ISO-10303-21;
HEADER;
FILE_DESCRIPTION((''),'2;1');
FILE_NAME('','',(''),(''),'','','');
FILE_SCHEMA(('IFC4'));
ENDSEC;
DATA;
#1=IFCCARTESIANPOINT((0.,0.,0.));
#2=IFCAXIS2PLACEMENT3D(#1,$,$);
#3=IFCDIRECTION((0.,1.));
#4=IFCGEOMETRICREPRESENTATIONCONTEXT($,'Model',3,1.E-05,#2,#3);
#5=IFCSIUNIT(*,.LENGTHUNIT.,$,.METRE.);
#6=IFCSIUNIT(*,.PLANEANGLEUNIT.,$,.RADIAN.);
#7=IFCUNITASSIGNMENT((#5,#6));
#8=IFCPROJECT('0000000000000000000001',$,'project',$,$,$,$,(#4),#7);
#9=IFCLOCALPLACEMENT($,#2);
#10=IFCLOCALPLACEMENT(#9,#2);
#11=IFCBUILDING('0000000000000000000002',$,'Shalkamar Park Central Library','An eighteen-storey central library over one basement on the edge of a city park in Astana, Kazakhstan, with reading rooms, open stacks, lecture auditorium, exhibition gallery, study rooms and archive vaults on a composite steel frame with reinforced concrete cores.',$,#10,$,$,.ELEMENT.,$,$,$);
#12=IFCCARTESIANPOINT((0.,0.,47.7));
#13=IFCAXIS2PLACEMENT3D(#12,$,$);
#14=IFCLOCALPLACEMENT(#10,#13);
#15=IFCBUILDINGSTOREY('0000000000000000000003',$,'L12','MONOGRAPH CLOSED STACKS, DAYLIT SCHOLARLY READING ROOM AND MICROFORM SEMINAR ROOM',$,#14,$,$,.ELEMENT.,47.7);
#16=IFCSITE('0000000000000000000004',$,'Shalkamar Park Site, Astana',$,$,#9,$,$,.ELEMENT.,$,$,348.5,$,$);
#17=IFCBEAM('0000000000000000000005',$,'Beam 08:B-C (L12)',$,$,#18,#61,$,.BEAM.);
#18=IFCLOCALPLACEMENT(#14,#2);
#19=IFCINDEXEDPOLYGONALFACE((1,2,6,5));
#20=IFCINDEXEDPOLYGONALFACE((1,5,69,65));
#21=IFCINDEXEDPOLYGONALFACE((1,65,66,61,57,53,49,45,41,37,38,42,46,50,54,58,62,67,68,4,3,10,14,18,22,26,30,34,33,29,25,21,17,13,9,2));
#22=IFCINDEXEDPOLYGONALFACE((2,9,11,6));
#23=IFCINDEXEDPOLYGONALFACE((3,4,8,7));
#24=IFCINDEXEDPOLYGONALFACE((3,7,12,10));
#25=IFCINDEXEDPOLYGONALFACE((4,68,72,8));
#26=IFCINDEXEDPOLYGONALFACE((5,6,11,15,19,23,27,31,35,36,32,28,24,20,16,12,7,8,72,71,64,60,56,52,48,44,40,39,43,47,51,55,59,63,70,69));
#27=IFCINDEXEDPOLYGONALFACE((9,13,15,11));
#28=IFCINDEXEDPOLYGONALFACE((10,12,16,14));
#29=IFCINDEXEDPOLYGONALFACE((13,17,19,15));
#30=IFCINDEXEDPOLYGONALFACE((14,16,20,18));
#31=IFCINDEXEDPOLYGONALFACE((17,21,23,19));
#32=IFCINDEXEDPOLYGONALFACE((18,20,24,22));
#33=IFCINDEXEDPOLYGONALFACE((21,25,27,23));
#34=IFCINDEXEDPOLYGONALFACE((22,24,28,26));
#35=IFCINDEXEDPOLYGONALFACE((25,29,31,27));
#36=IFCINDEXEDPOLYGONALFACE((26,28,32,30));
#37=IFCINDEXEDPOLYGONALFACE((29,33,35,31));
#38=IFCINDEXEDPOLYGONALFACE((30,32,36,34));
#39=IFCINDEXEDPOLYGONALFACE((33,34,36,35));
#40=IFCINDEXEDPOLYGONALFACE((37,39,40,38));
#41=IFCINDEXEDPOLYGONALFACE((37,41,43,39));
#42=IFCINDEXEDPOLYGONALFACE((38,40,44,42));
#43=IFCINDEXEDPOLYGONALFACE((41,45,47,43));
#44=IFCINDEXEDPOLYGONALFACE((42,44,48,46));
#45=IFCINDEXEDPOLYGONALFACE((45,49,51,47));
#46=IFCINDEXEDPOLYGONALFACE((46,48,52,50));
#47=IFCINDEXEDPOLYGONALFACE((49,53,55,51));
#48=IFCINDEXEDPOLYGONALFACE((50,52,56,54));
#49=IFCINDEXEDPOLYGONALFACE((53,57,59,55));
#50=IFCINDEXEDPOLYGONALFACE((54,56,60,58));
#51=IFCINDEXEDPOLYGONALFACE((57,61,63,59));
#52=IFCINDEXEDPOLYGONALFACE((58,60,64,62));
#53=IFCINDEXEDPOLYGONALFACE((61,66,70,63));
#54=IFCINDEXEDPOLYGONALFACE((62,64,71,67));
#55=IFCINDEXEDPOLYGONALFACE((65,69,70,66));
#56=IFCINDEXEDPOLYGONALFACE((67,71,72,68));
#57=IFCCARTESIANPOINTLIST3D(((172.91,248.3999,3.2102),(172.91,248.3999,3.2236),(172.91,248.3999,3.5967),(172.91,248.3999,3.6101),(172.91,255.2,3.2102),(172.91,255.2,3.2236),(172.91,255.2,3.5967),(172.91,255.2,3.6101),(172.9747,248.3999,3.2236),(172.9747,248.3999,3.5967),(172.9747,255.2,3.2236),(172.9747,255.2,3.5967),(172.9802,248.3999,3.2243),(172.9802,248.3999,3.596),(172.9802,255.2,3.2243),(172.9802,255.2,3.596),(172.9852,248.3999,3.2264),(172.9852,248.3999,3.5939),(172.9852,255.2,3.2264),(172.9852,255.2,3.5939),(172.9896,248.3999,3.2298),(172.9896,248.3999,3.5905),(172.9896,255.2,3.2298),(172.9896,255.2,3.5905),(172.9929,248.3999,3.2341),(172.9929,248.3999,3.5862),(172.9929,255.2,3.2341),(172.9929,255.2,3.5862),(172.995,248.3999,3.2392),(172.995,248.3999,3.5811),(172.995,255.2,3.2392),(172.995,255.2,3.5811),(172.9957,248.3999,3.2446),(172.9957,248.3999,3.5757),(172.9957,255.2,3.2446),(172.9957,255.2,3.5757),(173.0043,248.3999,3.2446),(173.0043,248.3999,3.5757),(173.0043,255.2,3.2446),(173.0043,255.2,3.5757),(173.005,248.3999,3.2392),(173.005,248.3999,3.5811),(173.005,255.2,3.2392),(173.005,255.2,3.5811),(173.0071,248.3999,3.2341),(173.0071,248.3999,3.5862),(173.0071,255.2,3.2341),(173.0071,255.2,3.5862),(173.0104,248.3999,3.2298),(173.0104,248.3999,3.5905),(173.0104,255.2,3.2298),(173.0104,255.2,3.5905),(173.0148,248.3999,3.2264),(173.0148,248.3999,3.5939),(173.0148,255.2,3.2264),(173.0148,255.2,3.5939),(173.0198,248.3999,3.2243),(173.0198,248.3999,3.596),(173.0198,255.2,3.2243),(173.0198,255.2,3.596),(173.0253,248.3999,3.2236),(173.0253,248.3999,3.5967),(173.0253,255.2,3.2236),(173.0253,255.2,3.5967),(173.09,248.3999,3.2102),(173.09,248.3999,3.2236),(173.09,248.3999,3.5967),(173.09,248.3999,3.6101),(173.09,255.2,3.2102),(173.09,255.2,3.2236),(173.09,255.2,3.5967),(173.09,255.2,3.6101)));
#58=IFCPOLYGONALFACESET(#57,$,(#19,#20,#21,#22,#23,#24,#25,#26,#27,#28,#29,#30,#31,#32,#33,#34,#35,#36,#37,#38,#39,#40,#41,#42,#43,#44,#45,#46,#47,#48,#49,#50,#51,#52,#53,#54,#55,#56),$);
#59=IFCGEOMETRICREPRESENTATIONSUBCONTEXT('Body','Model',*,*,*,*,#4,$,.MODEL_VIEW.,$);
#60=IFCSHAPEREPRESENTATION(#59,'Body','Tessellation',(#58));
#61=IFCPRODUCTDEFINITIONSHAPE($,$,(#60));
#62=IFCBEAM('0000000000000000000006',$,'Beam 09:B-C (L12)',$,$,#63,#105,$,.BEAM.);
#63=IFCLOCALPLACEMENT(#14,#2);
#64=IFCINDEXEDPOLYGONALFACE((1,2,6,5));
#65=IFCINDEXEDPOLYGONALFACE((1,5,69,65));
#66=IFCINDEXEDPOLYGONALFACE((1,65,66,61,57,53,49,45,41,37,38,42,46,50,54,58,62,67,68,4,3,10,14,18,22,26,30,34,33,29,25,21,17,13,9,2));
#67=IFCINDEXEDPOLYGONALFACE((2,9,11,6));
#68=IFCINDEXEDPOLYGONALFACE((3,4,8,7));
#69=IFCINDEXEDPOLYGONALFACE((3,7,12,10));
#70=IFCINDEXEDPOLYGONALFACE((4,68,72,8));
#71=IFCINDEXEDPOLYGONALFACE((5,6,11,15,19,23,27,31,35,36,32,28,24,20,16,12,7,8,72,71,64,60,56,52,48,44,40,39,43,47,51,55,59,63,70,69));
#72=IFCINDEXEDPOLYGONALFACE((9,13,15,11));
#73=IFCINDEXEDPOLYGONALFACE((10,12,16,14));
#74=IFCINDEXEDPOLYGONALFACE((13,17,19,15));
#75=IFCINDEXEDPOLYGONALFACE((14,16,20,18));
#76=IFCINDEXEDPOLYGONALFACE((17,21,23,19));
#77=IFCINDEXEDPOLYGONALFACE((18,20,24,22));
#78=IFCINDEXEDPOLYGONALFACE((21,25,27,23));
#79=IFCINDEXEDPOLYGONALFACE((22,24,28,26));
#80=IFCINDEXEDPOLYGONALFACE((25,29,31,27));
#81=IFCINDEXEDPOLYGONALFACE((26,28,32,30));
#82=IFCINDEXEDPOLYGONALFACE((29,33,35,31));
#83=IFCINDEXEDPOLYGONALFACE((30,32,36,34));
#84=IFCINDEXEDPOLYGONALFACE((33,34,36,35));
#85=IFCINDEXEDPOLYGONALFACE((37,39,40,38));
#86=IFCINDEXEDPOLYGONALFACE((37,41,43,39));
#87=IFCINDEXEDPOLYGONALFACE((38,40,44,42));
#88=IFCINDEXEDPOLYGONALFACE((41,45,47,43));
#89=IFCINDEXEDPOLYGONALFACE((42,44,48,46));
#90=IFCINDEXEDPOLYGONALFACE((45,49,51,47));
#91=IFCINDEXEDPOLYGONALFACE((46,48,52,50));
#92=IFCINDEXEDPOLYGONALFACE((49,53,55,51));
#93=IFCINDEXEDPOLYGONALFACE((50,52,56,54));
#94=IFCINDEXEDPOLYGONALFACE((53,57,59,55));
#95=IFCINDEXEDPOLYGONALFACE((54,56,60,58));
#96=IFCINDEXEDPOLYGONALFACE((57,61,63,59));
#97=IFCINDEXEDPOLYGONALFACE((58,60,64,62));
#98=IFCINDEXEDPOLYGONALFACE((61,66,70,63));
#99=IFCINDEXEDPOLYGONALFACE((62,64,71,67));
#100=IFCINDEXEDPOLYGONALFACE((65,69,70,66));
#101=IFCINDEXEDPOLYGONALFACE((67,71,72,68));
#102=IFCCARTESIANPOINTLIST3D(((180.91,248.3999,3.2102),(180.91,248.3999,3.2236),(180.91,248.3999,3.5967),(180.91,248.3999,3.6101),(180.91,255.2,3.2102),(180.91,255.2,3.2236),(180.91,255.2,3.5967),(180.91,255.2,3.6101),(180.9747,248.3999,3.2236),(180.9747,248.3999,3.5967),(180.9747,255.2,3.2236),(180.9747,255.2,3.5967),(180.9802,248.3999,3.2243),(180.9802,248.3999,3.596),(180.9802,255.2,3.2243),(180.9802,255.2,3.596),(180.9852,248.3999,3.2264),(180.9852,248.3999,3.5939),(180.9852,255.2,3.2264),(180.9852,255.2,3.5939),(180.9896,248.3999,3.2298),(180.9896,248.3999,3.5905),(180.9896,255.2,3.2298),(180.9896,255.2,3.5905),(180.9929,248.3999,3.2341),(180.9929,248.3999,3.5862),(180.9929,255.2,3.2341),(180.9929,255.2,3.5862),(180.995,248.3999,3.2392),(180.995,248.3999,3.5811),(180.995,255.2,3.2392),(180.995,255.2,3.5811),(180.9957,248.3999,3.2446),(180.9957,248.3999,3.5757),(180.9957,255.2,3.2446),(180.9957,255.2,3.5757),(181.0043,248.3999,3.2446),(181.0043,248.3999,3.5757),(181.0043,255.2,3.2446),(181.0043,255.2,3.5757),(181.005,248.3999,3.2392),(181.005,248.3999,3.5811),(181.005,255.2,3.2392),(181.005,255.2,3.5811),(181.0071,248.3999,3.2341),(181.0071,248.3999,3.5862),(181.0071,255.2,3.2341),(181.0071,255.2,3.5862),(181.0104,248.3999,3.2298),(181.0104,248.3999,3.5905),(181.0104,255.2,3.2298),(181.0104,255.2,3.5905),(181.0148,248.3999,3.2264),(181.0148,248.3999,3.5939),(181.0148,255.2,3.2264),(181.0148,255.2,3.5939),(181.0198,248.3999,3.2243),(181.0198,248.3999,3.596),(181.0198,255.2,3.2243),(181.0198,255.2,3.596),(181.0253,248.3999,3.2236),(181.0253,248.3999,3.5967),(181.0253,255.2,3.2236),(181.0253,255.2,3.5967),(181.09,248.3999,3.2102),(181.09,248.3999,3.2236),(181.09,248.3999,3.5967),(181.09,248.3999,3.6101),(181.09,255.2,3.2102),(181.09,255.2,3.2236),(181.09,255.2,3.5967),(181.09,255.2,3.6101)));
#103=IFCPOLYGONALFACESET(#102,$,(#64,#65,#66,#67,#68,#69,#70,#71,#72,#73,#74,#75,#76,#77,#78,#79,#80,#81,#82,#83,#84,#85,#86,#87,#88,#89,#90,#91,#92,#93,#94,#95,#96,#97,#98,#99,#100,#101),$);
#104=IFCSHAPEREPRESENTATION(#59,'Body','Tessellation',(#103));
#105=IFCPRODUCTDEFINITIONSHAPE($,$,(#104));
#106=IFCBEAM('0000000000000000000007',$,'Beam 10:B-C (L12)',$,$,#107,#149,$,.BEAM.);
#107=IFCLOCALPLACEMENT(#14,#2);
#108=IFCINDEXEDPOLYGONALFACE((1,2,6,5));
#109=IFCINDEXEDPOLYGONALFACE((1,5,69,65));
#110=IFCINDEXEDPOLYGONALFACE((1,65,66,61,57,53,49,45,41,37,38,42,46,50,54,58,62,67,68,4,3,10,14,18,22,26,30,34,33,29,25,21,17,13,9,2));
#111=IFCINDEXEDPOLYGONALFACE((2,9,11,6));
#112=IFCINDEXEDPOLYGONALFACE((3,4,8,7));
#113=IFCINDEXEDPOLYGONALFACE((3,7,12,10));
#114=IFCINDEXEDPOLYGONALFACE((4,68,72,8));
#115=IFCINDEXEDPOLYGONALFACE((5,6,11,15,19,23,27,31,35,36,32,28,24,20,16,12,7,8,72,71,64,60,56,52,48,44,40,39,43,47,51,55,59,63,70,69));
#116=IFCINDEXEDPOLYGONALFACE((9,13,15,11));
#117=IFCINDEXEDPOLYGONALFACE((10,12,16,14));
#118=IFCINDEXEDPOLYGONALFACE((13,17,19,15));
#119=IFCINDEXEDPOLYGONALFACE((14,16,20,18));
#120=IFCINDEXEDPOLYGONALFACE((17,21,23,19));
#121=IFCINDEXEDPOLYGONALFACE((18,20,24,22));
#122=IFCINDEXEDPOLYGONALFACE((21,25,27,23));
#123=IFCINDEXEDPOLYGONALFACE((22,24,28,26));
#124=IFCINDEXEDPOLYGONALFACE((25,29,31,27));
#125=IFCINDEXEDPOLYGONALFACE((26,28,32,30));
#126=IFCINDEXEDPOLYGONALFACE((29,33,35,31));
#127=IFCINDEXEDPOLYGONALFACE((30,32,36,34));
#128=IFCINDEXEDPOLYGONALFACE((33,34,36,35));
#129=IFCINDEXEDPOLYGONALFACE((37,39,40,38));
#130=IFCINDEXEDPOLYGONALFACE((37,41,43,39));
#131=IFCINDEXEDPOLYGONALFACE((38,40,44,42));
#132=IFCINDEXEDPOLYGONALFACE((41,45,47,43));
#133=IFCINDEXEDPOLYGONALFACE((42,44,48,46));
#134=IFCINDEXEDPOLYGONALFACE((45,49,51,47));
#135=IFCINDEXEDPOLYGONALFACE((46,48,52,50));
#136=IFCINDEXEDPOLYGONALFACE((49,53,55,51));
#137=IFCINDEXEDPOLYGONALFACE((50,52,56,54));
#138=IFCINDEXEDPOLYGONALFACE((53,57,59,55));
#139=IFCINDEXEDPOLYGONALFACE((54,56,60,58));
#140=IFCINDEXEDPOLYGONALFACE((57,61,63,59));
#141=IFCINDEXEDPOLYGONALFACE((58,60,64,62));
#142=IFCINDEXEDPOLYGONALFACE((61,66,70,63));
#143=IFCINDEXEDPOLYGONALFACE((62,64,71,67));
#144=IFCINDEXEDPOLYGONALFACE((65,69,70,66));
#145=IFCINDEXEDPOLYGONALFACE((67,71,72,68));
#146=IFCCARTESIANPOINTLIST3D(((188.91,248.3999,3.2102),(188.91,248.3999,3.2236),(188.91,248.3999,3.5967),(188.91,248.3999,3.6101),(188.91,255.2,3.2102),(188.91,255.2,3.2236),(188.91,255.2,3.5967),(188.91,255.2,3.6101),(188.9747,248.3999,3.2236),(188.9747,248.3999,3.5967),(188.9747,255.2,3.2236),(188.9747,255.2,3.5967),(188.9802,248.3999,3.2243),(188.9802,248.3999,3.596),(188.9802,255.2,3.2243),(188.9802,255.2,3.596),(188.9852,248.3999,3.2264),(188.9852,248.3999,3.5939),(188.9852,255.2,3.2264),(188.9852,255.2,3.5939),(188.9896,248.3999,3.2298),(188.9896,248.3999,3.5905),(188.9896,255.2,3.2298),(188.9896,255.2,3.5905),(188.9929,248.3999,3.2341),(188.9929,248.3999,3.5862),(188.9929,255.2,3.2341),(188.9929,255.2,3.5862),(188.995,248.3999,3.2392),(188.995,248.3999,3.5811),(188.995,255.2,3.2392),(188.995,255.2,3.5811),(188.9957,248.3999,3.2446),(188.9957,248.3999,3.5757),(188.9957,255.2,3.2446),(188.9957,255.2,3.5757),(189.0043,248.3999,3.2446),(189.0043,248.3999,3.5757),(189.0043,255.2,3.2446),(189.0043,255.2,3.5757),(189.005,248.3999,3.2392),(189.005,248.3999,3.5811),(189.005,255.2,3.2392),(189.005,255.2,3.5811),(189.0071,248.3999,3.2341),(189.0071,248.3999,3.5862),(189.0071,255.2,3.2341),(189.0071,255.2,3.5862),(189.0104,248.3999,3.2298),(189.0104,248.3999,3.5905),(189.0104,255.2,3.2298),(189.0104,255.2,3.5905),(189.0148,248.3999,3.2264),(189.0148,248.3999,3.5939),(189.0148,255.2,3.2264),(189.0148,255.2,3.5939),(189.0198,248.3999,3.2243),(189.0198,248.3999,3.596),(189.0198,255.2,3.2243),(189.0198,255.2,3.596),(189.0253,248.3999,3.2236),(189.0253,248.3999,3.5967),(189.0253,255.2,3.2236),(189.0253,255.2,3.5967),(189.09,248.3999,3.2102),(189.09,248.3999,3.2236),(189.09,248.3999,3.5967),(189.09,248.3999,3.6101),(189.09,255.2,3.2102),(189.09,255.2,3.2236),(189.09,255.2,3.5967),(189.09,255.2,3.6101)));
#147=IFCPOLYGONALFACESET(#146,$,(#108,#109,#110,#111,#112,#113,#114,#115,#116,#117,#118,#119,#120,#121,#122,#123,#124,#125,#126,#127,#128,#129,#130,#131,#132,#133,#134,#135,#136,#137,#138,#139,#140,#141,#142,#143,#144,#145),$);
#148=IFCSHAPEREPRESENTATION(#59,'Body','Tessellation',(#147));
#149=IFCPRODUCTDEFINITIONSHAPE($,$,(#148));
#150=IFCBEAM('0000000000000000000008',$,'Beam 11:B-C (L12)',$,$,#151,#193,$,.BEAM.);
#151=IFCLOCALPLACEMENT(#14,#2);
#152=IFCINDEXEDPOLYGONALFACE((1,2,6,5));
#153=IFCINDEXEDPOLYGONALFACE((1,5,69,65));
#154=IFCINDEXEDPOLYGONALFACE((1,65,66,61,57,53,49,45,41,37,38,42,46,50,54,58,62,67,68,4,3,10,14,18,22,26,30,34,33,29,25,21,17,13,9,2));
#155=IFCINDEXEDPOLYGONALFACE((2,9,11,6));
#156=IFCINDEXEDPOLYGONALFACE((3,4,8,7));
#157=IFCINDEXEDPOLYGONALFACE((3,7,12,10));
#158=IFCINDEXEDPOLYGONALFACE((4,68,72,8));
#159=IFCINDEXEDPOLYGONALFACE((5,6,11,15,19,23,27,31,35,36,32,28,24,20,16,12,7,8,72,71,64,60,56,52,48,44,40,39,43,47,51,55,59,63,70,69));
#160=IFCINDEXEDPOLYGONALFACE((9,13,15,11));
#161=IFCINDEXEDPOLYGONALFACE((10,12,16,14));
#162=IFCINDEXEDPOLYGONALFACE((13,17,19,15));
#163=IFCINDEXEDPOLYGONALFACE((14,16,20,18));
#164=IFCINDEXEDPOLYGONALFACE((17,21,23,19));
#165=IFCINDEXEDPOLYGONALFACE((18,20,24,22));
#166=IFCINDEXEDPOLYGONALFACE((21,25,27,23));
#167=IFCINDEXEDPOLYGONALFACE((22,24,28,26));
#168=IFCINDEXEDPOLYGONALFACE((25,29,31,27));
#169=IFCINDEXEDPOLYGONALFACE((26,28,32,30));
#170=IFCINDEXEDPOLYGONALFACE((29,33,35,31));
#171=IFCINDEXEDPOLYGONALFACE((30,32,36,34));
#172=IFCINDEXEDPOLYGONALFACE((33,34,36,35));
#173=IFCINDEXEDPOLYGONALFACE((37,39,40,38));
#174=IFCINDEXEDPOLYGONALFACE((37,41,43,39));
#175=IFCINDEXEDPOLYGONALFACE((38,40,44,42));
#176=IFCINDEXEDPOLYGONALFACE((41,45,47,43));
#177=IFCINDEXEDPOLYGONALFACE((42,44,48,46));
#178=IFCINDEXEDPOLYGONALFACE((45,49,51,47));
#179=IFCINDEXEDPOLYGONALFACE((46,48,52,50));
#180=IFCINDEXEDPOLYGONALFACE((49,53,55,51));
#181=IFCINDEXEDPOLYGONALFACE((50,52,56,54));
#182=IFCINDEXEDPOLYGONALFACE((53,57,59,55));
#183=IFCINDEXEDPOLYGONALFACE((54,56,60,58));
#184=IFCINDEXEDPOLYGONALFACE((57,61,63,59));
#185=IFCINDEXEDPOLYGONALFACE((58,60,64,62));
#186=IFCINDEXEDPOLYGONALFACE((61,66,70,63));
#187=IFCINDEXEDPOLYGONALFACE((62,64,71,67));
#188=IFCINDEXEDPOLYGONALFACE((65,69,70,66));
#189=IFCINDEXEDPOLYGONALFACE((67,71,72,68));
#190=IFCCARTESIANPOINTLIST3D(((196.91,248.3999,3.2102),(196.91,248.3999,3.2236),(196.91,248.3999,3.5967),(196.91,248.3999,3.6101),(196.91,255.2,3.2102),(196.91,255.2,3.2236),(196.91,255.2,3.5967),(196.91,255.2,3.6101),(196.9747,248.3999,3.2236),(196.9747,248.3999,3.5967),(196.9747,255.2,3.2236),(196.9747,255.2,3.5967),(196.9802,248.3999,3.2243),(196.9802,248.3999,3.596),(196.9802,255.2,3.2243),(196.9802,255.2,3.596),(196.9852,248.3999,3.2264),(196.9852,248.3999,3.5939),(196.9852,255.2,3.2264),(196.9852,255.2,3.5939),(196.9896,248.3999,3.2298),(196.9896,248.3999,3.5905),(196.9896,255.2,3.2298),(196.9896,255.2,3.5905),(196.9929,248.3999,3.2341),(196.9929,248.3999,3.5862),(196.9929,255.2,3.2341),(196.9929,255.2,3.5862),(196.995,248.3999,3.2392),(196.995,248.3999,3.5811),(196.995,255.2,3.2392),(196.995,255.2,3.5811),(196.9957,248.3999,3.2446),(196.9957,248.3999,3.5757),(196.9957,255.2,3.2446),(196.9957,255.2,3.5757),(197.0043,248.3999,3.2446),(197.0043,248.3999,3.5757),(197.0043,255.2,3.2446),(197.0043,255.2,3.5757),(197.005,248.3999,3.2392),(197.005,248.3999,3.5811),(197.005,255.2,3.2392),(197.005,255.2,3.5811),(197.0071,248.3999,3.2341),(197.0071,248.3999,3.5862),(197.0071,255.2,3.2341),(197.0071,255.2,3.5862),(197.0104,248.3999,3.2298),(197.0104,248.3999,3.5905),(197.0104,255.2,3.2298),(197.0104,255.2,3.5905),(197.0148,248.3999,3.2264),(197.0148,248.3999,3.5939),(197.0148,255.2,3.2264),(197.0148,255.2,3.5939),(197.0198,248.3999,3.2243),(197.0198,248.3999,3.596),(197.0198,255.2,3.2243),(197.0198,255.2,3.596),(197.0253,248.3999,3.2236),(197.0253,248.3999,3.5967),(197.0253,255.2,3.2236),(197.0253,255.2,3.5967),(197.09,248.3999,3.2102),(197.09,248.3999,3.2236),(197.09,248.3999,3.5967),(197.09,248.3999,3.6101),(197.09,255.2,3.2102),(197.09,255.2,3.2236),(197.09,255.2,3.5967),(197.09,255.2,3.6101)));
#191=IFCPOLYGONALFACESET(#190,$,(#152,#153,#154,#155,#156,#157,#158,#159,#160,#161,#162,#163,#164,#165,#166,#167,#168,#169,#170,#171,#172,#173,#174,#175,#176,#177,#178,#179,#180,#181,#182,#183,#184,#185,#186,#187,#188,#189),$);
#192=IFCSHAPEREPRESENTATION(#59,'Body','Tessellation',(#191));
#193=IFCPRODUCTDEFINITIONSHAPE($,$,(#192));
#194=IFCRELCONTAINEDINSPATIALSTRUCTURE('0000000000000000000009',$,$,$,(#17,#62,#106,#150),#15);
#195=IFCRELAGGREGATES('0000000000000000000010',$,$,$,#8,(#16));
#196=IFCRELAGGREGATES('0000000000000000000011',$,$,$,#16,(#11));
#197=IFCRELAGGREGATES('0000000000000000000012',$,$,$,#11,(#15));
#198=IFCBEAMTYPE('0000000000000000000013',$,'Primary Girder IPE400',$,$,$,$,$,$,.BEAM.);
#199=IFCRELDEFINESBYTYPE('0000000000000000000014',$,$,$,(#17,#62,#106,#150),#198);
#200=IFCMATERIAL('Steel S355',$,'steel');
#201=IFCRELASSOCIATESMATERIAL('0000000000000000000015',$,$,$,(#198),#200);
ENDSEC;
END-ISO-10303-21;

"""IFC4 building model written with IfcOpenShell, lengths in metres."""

from ifc_helpers import new_model, si_unit, direction, frame, origin, origin_2d, place, context, subcontext, project, spatial, i_section, extrude, material, material_profile, profile_set, type_object, element, save


model = new_model("IFC4")

# Units and contexts
model_context = context("Model", 3, precision=1e-05, world=origin(), true_north=direction((0.0, 1.0)))
body_context = subcontext(model_context, "Body", "Model", "MODEL_VIEW")
ifc_project = project(units=[si_unit("LENGTHUNIT", "METRE"), si_unit("PLANEANGLEUNIT", "RADIAN")], contexts=[model_context])

# Site, building, storey
site_placement = place(None, origin())
site = spatial("IfcSite", under=ifc_project, at=site_placement, Name="Shalkamar Park Site, Astana", CompositionType="ELEMENT", RefElevation=348.5)
building_placement = place(site_placement, origin())
building = spatial("IfcBuilding", under=site, at=building_placement, Name="Shalkamar Park Central Library", Description="An eighteen-storey central library over one basement on the edge of a city park in Astana, Kazakhstan, with reading rooms, open stacks, lecture auditorium, exhibition gallery, study rooms and archive vaults on a composite steel frame with reinforced concrete cores.", CompositionType="ELEMENT")
storey_placement = place(building_placement, frame((0.0, 0.0, 47.7)))
storey = spatial("IfcBuildingStorey", under=building, at=storey_placement, Name="L12", Description="MONOGRAPH CLOSED STACKS, DAYLIT SCHOLARLY READING ROOM AND MICROFORM SEMINAR ROOM", CompositionType="ELEMENT", Elevation=47.7)

# Shared definitions
ifc_material_1 = material(Name="Steel S355", Category="steel")

# Beams
ifc_material_profile_1 = material_profile(ifc_material_1, i_section(OverallWidth=0.1799, OverallDepth=0.3999, WebThickness=0.0085, FlangeThickness=0.0134, FilletRadius=0.021, at=origin_2d()), Name="IPE 400")
ifc_profile_set_1 = profile_set([ifc_material_profile_1], Name="Steel S355")
beam_type_1 = type_object("IfcBeamType", Name="Primary Girder IPE400", PredefinedType="BEAM", material=ifc_profile_set_1)
for number, where, z_axis, x_axis, name in (
    (1, (173.0, 248.3999, 3.4102), (0.0, 1.0, 0.0), (-1.0, 0.0, 0.0), "Beam 08:B-C (L12)"),
    (2, (181.0, 248.3999, 3.4102), (0.0, 1.0, 0.0), (-1.0, 0.0, 0.0), "Beam 09:B-C (L12)"),
    (3, (189.0, 248.3999, 3.4102), (0.0, 1.0, 0.0), (-1.0, 0.0, 0.0), "Beam 10:B-C (L12)"),
    (4, (197.0, 248.3999, 3.4102), (0.0, 1.0, 0.0), (-1.0, 0.0, 0.0), "Beam 11:B-C (L12)"),
):
    element("IfcBeam", number, at=place(storey_placement, frame(where, z_axis=z_axis, x_axis=x_axis)), inside=storey, type_object=beam_type_1, Name=name, PredefinedType="BEAM", context=body_context, shape_type="SweptSolid", body=[
        extrude(i_section(OverallWidth=0.1799, OverallDepth=0.3999, WebThickness=0.0085, FlangeThickness=0.0134, FilletRadius=0.021, at=origin_2d()), origin(), (0.0, 0.0, 1.0), 6.8),
    ])

save(model, "model.ifc")
